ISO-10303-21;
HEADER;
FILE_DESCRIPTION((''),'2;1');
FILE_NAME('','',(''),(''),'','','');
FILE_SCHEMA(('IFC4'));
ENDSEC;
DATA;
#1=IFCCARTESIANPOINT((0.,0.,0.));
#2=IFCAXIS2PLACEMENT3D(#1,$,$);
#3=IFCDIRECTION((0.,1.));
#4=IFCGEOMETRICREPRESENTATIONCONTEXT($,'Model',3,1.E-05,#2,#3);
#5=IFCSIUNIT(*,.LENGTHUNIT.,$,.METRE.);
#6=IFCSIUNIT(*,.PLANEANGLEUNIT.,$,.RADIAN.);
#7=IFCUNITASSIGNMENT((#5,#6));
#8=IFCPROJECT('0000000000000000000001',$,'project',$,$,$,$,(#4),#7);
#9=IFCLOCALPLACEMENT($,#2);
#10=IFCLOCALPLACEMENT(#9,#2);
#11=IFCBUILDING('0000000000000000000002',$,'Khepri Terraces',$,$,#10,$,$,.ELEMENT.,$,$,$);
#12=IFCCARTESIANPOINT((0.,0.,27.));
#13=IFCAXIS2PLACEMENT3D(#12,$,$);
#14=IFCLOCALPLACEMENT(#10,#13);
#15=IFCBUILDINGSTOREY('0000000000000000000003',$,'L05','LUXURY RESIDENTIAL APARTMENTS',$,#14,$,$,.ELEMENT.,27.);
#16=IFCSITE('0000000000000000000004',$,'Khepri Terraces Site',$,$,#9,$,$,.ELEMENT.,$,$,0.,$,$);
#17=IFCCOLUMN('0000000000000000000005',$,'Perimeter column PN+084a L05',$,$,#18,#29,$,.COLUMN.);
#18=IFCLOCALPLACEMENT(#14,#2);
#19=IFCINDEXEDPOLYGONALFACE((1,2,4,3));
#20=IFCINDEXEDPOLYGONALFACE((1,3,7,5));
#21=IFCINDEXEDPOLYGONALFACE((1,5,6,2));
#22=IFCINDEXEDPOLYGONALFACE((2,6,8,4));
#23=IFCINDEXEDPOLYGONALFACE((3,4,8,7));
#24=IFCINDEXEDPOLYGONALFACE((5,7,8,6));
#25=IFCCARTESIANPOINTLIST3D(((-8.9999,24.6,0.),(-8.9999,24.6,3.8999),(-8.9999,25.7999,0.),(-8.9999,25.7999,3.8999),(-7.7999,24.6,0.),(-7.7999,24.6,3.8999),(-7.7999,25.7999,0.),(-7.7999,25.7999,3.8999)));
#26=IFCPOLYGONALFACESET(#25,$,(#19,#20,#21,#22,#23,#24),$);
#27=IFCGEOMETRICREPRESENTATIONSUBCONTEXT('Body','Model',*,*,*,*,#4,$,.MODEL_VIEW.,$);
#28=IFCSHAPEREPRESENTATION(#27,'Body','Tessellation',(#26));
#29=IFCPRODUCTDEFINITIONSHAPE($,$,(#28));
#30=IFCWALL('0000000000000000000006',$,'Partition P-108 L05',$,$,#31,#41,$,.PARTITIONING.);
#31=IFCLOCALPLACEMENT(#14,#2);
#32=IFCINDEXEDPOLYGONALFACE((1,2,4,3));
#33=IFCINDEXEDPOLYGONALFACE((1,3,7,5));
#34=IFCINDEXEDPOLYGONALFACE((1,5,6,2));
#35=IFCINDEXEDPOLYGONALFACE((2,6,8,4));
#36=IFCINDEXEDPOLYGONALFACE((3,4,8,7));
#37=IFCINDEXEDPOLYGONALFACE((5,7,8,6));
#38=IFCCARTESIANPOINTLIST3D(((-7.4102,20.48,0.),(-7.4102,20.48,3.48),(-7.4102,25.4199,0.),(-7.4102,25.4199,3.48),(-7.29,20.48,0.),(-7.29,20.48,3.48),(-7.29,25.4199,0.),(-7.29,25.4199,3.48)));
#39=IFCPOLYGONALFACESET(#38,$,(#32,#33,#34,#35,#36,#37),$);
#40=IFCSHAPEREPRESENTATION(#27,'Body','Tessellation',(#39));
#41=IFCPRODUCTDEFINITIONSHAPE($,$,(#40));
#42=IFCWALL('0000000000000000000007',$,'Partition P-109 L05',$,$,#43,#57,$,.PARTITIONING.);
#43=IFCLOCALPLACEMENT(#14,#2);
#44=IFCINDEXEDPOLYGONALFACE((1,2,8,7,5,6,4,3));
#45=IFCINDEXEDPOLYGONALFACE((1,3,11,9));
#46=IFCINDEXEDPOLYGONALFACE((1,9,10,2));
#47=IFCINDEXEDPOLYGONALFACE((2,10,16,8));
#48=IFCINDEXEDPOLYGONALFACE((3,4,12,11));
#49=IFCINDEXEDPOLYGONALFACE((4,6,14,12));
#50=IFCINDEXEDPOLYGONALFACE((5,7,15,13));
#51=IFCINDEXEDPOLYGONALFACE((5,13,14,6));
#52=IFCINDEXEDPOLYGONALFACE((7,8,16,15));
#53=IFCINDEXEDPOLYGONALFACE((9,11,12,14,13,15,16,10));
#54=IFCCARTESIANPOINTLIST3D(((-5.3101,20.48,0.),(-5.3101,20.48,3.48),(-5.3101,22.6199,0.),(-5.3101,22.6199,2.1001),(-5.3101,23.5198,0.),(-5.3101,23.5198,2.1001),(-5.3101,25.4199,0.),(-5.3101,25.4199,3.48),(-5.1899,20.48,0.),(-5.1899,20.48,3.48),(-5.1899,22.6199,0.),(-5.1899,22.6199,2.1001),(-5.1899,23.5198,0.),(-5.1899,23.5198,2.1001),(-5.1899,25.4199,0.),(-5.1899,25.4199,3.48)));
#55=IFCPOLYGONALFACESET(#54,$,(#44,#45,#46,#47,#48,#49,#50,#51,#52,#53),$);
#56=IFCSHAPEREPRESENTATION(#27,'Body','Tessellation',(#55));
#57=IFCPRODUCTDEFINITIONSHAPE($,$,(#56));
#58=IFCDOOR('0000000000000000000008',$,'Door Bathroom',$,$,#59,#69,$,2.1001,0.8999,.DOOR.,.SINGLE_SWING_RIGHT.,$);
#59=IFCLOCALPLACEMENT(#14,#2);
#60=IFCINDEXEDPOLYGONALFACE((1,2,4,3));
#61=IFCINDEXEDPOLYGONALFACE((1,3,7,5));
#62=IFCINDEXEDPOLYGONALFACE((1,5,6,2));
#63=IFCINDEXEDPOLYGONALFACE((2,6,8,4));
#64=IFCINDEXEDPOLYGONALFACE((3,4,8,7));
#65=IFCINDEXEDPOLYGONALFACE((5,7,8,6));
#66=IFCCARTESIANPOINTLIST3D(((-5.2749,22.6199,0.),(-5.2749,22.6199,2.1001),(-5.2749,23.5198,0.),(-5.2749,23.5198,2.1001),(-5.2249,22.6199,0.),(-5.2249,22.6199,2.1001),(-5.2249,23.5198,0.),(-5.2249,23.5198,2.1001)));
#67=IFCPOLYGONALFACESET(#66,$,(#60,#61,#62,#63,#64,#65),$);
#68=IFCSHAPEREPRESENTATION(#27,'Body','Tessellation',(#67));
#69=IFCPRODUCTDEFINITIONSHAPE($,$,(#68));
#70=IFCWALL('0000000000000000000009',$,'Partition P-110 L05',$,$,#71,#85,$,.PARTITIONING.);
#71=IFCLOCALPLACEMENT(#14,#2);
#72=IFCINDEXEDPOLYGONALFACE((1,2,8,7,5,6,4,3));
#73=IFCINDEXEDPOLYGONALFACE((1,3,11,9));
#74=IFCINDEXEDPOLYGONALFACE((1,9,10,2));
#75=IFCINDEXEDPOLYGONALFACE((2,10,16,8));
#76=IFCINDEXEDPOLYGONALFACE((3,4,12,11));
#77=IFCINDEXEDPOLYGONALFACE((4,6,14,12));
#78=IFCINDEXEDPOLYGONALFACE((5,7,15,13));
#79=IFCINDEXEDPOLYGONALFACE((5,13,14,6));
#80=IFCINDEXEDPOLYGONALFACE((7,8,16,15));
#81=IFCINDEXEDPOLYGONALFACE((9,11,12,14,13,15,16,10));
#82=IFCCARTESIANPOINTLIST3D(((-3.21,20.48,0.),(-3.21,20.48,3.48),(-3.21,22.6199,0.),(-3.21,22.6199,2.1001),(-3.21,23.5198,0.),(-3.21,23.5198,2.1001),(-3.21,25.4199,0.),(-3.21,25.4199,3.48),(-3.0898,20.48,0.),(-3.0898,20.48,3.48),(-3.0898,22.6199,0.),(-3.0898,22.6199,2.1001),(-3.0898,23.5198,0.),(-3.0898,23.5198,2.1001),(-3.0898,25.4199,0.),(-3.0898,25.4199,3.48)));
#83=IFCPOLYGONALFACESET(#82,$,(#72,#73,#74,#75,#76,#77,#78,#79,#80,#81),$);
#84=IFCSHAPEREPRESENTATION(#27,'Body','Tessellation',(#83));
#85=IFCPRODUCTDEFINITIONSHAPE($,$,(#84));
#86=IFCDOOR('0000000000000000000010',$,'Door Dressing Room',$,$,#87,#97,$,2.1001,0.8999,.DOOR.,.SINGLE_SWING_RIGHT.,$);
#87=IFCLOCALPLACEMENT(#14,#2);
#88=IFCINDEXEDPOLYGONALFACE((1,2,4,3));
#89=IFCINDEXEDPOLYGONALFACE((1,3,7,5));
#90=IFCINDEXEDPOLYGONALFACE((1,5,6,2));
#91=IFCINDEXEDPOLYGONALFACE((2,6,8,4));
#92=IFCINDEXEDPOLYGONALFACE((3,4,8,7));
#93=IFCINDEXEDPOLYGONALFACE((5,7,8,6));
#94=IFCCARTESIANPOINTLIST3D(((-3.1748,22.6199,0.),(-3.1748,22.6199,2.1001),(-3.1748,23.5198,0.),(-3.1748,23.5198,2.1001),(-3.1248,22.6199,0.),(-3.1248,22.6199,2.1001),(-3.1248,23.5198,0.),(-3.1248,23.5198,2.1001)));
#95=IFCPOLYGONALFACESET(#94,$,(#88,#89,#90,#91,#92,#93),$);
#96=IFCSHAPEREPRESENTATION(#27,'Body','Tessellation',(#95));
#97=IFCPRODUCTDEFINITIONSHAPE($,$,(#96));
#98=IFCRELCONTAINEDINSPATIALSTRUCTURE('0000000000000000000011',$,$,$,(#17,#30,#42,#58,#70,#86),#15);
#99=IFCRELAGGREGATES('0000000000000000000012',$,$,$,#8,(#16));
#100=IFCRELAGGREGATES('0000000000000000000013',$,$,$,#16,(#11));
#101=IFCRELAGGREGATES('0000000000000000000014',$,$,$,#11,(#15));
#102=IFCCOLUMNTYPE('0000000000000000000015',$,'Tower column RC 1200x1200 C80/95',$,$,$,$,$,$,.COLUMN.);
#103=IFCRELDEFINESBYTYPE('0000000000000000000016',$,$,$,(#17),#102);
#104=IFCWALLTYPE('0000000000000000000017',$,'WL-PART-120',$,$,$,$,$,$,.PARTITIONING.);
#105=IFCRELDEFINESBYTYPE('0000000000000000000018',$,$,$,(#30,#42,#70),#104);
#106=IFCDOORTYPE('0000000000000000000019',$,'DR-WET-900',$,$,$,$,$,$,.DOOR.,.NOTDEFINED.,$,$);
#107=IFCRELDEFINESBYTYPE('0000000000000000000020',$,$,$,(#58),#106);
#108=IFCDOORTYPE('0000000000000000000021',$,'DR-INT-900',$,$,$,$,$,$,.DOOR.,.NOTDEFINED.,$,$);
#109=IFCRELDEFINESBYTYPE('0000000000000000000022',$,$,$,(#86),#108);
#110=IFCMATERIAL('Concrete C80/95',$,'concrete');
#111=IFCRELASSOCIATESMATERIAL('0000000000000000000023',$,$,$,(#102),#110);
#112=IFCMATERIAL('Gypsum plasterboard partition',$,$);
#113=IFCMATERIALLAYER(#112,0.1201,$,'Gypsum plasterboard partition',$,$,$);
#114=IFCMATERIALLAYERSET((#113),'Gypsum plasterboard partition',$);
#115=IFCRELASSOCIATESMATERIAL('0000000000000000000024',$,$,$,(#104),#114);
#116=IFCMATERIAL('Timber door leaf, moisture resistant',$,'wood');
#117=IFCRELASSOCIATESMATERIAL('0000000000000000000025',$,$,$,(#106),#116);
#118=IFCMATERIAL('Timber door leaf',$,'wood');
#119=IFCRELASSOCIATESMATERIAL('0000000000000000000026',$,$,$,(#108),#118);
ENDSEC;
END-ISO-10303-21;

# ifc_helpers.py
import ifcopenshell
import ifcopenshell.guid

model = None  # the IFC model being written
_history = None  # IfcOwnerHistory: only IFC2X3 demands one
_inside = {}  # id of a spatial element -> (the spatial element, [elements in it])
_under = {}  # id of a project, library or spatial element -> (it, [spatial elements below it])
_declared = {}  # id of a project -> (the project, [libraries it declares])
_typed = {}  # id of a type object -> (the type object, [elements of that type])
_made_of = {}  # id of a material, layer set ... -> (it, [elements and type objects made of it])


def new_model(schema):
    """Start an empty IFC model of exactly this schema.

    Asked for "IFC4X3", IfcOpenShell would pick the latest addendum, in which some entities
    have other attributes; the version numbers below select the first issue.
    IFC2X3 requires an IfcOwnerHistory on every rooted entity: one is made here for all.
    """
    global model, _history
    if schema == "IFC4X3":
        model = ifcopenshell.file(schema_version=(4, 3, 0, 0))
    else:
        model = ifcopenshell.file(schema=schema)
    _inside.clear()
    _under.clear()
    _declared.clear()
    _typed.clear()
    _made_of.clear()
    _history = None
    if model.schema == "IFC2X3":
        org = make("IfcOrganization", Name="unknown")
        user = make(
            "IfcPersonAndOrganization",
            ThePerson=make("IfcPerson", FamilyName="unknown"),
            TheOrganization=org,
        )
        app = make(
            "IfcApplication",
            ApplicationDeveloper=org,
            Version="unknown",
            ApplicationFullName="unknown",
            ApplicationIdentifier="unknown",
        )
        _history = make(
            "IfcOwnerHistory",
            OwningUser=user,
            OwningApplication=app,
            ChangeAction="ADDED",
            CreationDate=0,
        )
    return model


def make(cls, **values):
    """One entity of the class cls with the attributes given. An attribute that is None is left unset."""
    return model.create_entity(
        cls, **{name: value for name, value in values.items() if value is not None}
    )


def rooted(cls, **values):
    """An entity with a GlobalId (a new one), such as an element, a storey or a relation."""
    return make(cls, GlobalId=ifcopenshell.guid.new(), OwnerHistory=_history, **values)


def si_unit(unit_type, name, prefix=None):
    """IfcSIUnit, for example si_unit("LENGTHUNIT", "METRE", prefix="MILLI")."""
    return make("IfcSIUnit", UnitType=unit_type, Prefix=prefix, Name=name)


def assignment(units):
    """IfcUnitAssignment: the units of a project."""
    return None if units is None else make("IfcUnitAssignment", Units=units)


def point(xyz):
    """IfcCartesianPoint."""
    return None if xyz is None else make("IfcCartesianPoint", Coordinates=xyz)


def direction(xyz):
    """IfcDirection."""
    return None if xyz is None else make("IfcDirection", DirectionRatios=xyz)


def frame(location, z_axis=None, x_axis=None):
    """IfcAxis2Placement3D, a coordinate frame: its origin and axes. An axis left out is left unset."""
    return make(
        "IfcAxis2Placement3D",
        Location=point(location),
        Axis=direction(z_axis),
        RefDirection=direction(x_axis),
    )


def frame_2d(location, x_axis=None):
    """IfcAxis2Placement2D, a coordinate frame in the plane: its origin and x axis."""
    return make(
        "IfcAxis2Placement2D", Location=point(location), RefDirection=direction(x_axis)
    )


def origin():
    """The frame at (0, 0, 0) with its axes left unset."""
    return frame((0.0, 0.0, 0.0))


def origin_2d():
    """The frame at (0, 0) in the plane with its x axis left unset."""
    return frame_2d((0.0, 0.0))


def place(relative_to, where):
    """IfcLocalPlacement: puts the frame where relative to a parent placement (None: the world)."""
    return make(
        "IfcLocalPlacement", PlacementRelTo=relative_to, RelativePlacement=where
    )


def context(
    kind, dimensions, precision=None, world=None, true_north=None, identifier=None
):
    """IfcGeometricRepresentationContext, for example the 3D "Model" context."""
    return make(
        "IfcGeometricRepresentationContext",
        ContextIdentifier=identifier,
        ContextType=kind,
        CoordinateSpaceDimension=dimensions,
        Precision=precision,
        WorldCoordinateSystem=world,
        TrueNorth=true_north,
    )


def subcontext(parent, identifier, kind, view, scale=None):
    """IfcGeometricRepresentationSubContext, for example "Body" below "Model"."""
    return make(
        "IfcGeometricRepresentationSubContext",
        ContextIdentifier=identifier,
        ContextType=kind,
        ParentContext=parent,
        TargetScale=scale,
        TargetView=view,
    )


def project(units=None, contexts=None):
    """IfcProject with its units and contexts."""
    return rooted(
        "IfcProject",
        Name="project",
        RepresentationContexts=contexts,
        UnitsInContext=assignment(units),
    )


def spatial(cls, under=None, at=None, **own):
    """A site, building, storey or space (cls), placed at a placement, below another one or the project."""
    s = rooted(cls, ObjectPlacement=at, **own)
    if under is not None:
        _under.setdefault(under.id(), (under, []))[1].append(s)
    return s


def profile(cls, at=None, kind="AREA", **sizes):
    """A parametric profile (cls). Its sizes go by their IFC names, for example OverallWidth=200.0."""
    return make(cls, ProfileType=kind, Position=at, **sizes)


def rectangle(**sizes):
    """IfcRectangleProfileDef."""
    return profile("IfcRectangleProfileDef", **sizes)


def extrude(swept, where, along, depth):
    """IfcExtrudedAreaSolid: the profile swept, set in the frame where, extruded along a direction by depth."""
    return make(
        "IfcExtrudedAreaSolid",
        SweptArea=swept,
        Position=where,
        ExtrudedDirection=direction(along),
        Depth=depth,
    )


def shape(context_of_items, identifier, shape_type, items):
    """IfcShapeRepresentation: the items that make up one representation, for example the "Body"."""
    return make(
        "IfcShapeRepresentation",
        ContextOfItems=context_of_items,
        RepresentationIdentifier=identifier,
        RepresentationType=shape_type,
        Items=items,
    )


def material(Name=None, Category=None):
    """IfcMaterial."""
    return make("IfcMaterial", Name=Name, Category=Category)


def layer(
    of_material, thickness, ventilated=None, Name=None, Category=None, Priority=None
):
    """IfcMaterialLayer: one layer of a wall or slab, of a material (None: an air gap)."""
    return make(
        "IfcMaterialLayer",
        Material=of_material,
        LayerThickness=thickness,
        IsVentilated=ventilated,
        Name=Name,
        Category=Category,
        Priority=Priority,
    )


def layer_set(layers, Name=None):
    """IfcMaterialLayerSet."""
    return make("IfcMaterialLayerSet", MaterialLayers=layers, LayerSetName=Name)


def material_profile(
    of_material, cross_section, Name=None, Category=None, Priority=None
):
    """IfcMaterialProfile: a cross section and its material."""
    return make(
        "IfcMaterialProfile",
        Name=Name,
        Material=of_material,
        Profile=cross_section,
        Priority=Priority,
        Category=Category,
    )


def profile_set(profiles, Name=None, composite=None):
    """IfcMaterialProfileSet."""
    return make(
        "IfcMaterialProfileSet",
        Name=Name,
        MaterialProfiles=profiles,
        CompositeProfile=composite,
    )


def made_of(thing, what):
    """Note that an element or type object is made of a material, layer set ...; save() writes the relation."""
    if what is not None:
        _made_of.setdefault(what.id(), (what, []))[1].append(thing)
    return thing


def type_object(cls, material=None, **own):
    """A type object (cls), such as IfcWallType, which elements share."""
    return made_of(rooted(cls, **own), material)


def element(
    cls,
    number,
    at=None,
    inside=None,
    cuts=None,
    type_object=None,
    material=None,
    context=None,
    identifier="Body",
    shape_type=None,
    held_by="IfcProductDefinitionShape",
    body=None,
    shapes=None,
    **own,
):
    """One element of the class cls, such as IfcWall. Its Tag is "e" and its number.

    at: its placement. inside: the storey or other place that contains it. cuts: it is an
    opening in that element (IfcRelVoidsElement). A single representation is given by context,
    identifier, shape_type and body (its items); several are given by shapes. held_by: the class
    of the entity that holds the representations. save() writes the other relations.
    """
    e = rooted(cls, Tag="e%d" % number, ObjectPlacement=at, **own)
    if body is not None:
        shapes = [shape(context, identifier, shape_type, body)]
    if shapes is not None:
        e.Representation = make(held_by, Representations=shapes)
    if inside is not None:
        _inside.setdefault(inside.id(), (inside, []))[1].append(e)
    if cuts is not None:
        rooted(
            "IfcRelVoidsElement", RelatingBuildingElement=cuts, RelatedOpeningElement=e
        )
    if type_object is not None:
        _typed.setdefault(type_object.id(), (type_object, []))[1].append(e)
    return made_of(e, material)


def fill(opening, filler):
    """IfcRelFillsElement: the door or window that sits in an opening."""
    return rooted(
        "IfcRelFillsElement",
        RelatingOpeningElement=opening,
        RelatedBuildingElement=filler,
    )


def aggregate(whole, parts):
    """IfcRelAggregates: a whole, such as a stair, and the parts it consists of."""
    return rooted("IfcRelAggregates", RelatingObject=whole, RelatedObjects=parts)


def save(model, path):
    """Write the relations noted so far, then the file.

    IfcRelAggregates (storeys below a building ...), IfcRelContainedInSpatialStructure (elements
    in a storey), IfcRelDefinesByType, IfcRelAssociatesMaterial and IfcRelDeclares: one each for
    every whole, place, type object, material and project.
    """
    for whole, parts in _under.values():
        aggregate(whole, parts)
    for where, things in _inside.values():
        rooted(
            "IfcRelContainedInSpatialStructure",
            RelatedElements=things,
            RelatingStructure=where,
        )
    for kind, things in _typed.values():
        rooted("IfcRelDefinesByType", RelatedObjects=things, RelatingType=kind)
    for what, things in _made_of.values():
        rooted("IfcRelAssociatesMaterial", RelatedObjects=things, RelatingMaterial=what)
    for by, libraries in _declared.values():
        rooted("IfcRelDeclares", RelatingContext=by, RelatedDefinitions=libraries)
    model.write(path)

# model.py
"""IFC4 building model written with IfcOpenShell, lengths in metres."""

from ifc_helpers import new_model, si_unit, direction, frame, frame_2d, origin, origin_2d, place, context, subcontext, project, spatial, rectangle, extrude, material, layer, layer_set, material_profile, profile_set, type_object, element, fill, save


model = new_model("IFC4")

# Units and contexts
model_context = context("Model", 3, precision=1e-05, world=origin(), true_north=direction((0.0, 1.0)))
body_context = subcontext(model_context, "Body", "Model", "MODEL_VIEW")
ifc_project = project(units=[si_unit("LENGTHUNIT", "METRE"), si_unit("PLANEANGLEUNIT", "RADIAN")], contexts=[model_context])

# Site, building, storey
site_placement = place(None, origin())
site = spatial("IfcSite", under=ifc_project, at=site_placement, Name="Khepri Terraces Site", CompositionType="ELEMENT", RefElevation=0.0)
building_placement = place(site_placement, origin())
building = spatial("IfcBuilding", under=site, at=building_placement, Name="Khepri Terraces", CompositionType="ELEMENT")
storey_placement = place(building_placement, frame((0.0, 0.0, 27.0)))
storey = spatial("IfcBuildingStorey", under=building, at=storey_placement, Name="L05", Description="LUXURY RESIDENTIAL APARTMENTS", CompositionType="ELEMENT", Elevation=27.0)

# Column
ifc_material_1 = material(Name="Concrete C80/95", Category="concrete")
ifc_material_profile = material_profile(ifc_material_1, rectangle(XDim=1.2, YDim=1.2, at=origin_2d()), Name="Concrete C80/95", Category="concrete")
ifc_profile_set = profile_set([ifc_material_profile], Name="Concrete C80/95")
column_type = type_object("IfcColumnType", Name="Tower column RC 1200x1200 C80/95", PredefinedType="COLUMN", material=ifc_profile_set)
column_placement = place(storey_placement, frame((-8.3999, 25.2, 0.0), z_axis=(0.0, 0.0, 1.0), x_axis=(1.0, 0.0, 0.0)))
element("IfcColumn", 1, at=column_placement, inside=storey, type_object=column_type, Name="Perimeter column PN+084a L05", PredefinedType="COLUMN", context=body_context, shape_type="SweptSolid", body=[
    extrude(rectangle(XDim=1.2, YDim=1.2, at=origin_2d()), origin(), (0.0, 0.0, 1.0), 3.8999),
])

# Wall
ifc_material_2 = material(Name="Gypsum plasterboard partition")
ifc_layer_1 = layer(ifc_material_2, 0.1201, Name="Gypsum plasterboard partition")
ifc_layer_set_1 = layer_set([ifc_layer_1], Name="Gypsum plasterboard partition")
wall_type_1 = type_object("IfcWallType", Name="WL-PART-120", PredefinedType="PARTITIONING", material=ifc_layer_set_1)
wall_1_placement = place(storey_placement, frame((-7.3501, 20.48, 0.0), z_axis=(0.0, 0.0, 1.0), x_axis=(0.0, 1.0, 0.0)))
element("IfcWall", 2, at=wall_1_placement, inside=storey, type_object=wall_type_1, Name="Partition P-108 L05", PredefinedType="PARTITIONING", context=body_context, shape_type="SweptSolid", body=[
    extrude(rectangle(XDim=4.9399, YDim=0.1201, at=frame_2d((2.47, 0.0))), origin(), (0.0, 0.0, 1.0), 3.48),
])

# Walls, openings, doors
wall_2_placement = place(storey_placement, frame((-5.25, 20.48, 0.0), z_axis=(0.0, 0.0, 1.0), x_axis=(0.0, 1.0, 0.0)))
wall_2 = element("IfcWall", 3, at=wall_2_placement, inside=storey, type_object=wall_type_1, Name="Partition P-109 L05", PredefinedType="PARTITIONING", context=body_context, shape_type="SweptSolid", body=[
    extrude(rectangle(XDim=4.9399, YDim=0.1201, at=frame_2d((2.47, 0.0))), origin(), (0.0, 0.0, 1.0), 3.48),
])
opening_1_placement = place(wall_2_placement, frame((2.1399, 0.0, 0.0)))
opening_1 = element("IfcOpeningElement", 4, at=opening_1_placement, cuts=wall_2, PredefinedType="OPENING", context=body_context, shape_type="SweptSolid", body=[
    extrude(rectangle(XDim=0.8999, YDim=2.1001, at=frame_2d((0.45, 1.05))), frame((0.0, 0.0701, 0.0), z_axis=(0.0, -1.0, 0.0), x_axis=(1.0, 0.0, 0.0)), (0.0, 0.0, 1.0), 0.1401),
])
ifc_material_3 = material(Name="Timber door leaf, moisture resistant", Category="wood")
door_type_1 = type_object("IfcDoorType", Name="DR-WET-900", OperationType="NOTDEFINED", PredefinedType="DOOR", material=ifc_material_3)
door_1_placement = place(opening_1_placement, origin())
door_1 = element("IfcDoor", 5, at=door_1_placement, inside=storey, type_object=door_type_1, Name="Door Bathroom", OperationType="SINGLE_SWING_RIGHT", OverallHeight=2.1001, OverallWidth=0.8999, PredefinedType="DOOR", context=body_context, shape_type="SweptSolid", body=[
    extrude(rectangle(XDim=0.8999, YDim=2.1001, at=frame_2d((0.45, 1.05))), frame((0.0, 0.0249, 0.0), z_axis=(0.0, -1.0, 0.0), x_axis=(1.0, 0.0, 0.0)), (0.0, 0.0, 1.0), 0.05),
])
fill(opening_1, door_1)
wall_3_placement = place(storey_placement, frame((-3.1499, 20.48, 0.0), z_axis=(0.0, 0.0, 1.0), x_axis=(0.0, 1.0, 0.0)))
wall_3 = element("IfcWall", 6, at=wall_3_placement, inside=storey, type_object=wall_type_1, Name="Partition P-110 L05", PredefinedType="PARTITIONING", context=body_context, shape_type="SweptSolid", body=[
    extrude(rectangle(XDim=4.9399, YDim=0.1201, at=frame_2d((2.47, 0.0))), origin(), (0.0, 0.0, 1.0), 3.48),
])
opening_2_placement = place(wall_3_placement, frame((2.1399, 0.0, 0.0)))
opening_2 = element("IfcOpeningElement", 7, at=opening_2_placement, cuts=wall_3, PredefinedType="OPENING", context=body_context, shape_type="SweptSolid", body=[
    extrude(rectangle(XDim=0.8999, YDim=2.1001, at=frame_2d((0.45, 1.05))), frame((0.0, 0.0701, 0.0), z_axis=(0.0, -1.0, 0.0), x_axis=(1.0, 0.0, 0.0)), (0.0, 0.0, 1.0), 0.1401),
])
ifc_material_4 = material(Name="Timber door leaf", Category="wood")
door_type_2 = type_object("IfcDoorType", Name="DR-INT-900", OperationType="NOTDEFINED", PredefinedType="DOOR", material=ifc_material_4)
door_2_placement = place(opening_2_placement, origin())
door_2 = element("IfcDoor", 8, at=door_2_placement, inside=storey, type_object=door_type_2, Name="Door Dressing Room", OperationType="SINGLE_SWING_RIGHT", OverallHeight=2.1001, OverallWidth=0.8999, PredefinedType="DOOR", context=body_context, shape_type="SweptSolid", body=[
    extrude(rectangle(XDim=0.8999, YDim=2.1001, at=frame_2d((0.45, 1.05))), frame((0.0, 0.0249, 0.0), z_axis=(0.0, -1.0, 0.0), x_axis=(1.0, 0.0, 0.0)), (0.0, 0.0, 1.0), 0.05),
])
fill(opening_2, door_2)

save(model, "model.ifc")
